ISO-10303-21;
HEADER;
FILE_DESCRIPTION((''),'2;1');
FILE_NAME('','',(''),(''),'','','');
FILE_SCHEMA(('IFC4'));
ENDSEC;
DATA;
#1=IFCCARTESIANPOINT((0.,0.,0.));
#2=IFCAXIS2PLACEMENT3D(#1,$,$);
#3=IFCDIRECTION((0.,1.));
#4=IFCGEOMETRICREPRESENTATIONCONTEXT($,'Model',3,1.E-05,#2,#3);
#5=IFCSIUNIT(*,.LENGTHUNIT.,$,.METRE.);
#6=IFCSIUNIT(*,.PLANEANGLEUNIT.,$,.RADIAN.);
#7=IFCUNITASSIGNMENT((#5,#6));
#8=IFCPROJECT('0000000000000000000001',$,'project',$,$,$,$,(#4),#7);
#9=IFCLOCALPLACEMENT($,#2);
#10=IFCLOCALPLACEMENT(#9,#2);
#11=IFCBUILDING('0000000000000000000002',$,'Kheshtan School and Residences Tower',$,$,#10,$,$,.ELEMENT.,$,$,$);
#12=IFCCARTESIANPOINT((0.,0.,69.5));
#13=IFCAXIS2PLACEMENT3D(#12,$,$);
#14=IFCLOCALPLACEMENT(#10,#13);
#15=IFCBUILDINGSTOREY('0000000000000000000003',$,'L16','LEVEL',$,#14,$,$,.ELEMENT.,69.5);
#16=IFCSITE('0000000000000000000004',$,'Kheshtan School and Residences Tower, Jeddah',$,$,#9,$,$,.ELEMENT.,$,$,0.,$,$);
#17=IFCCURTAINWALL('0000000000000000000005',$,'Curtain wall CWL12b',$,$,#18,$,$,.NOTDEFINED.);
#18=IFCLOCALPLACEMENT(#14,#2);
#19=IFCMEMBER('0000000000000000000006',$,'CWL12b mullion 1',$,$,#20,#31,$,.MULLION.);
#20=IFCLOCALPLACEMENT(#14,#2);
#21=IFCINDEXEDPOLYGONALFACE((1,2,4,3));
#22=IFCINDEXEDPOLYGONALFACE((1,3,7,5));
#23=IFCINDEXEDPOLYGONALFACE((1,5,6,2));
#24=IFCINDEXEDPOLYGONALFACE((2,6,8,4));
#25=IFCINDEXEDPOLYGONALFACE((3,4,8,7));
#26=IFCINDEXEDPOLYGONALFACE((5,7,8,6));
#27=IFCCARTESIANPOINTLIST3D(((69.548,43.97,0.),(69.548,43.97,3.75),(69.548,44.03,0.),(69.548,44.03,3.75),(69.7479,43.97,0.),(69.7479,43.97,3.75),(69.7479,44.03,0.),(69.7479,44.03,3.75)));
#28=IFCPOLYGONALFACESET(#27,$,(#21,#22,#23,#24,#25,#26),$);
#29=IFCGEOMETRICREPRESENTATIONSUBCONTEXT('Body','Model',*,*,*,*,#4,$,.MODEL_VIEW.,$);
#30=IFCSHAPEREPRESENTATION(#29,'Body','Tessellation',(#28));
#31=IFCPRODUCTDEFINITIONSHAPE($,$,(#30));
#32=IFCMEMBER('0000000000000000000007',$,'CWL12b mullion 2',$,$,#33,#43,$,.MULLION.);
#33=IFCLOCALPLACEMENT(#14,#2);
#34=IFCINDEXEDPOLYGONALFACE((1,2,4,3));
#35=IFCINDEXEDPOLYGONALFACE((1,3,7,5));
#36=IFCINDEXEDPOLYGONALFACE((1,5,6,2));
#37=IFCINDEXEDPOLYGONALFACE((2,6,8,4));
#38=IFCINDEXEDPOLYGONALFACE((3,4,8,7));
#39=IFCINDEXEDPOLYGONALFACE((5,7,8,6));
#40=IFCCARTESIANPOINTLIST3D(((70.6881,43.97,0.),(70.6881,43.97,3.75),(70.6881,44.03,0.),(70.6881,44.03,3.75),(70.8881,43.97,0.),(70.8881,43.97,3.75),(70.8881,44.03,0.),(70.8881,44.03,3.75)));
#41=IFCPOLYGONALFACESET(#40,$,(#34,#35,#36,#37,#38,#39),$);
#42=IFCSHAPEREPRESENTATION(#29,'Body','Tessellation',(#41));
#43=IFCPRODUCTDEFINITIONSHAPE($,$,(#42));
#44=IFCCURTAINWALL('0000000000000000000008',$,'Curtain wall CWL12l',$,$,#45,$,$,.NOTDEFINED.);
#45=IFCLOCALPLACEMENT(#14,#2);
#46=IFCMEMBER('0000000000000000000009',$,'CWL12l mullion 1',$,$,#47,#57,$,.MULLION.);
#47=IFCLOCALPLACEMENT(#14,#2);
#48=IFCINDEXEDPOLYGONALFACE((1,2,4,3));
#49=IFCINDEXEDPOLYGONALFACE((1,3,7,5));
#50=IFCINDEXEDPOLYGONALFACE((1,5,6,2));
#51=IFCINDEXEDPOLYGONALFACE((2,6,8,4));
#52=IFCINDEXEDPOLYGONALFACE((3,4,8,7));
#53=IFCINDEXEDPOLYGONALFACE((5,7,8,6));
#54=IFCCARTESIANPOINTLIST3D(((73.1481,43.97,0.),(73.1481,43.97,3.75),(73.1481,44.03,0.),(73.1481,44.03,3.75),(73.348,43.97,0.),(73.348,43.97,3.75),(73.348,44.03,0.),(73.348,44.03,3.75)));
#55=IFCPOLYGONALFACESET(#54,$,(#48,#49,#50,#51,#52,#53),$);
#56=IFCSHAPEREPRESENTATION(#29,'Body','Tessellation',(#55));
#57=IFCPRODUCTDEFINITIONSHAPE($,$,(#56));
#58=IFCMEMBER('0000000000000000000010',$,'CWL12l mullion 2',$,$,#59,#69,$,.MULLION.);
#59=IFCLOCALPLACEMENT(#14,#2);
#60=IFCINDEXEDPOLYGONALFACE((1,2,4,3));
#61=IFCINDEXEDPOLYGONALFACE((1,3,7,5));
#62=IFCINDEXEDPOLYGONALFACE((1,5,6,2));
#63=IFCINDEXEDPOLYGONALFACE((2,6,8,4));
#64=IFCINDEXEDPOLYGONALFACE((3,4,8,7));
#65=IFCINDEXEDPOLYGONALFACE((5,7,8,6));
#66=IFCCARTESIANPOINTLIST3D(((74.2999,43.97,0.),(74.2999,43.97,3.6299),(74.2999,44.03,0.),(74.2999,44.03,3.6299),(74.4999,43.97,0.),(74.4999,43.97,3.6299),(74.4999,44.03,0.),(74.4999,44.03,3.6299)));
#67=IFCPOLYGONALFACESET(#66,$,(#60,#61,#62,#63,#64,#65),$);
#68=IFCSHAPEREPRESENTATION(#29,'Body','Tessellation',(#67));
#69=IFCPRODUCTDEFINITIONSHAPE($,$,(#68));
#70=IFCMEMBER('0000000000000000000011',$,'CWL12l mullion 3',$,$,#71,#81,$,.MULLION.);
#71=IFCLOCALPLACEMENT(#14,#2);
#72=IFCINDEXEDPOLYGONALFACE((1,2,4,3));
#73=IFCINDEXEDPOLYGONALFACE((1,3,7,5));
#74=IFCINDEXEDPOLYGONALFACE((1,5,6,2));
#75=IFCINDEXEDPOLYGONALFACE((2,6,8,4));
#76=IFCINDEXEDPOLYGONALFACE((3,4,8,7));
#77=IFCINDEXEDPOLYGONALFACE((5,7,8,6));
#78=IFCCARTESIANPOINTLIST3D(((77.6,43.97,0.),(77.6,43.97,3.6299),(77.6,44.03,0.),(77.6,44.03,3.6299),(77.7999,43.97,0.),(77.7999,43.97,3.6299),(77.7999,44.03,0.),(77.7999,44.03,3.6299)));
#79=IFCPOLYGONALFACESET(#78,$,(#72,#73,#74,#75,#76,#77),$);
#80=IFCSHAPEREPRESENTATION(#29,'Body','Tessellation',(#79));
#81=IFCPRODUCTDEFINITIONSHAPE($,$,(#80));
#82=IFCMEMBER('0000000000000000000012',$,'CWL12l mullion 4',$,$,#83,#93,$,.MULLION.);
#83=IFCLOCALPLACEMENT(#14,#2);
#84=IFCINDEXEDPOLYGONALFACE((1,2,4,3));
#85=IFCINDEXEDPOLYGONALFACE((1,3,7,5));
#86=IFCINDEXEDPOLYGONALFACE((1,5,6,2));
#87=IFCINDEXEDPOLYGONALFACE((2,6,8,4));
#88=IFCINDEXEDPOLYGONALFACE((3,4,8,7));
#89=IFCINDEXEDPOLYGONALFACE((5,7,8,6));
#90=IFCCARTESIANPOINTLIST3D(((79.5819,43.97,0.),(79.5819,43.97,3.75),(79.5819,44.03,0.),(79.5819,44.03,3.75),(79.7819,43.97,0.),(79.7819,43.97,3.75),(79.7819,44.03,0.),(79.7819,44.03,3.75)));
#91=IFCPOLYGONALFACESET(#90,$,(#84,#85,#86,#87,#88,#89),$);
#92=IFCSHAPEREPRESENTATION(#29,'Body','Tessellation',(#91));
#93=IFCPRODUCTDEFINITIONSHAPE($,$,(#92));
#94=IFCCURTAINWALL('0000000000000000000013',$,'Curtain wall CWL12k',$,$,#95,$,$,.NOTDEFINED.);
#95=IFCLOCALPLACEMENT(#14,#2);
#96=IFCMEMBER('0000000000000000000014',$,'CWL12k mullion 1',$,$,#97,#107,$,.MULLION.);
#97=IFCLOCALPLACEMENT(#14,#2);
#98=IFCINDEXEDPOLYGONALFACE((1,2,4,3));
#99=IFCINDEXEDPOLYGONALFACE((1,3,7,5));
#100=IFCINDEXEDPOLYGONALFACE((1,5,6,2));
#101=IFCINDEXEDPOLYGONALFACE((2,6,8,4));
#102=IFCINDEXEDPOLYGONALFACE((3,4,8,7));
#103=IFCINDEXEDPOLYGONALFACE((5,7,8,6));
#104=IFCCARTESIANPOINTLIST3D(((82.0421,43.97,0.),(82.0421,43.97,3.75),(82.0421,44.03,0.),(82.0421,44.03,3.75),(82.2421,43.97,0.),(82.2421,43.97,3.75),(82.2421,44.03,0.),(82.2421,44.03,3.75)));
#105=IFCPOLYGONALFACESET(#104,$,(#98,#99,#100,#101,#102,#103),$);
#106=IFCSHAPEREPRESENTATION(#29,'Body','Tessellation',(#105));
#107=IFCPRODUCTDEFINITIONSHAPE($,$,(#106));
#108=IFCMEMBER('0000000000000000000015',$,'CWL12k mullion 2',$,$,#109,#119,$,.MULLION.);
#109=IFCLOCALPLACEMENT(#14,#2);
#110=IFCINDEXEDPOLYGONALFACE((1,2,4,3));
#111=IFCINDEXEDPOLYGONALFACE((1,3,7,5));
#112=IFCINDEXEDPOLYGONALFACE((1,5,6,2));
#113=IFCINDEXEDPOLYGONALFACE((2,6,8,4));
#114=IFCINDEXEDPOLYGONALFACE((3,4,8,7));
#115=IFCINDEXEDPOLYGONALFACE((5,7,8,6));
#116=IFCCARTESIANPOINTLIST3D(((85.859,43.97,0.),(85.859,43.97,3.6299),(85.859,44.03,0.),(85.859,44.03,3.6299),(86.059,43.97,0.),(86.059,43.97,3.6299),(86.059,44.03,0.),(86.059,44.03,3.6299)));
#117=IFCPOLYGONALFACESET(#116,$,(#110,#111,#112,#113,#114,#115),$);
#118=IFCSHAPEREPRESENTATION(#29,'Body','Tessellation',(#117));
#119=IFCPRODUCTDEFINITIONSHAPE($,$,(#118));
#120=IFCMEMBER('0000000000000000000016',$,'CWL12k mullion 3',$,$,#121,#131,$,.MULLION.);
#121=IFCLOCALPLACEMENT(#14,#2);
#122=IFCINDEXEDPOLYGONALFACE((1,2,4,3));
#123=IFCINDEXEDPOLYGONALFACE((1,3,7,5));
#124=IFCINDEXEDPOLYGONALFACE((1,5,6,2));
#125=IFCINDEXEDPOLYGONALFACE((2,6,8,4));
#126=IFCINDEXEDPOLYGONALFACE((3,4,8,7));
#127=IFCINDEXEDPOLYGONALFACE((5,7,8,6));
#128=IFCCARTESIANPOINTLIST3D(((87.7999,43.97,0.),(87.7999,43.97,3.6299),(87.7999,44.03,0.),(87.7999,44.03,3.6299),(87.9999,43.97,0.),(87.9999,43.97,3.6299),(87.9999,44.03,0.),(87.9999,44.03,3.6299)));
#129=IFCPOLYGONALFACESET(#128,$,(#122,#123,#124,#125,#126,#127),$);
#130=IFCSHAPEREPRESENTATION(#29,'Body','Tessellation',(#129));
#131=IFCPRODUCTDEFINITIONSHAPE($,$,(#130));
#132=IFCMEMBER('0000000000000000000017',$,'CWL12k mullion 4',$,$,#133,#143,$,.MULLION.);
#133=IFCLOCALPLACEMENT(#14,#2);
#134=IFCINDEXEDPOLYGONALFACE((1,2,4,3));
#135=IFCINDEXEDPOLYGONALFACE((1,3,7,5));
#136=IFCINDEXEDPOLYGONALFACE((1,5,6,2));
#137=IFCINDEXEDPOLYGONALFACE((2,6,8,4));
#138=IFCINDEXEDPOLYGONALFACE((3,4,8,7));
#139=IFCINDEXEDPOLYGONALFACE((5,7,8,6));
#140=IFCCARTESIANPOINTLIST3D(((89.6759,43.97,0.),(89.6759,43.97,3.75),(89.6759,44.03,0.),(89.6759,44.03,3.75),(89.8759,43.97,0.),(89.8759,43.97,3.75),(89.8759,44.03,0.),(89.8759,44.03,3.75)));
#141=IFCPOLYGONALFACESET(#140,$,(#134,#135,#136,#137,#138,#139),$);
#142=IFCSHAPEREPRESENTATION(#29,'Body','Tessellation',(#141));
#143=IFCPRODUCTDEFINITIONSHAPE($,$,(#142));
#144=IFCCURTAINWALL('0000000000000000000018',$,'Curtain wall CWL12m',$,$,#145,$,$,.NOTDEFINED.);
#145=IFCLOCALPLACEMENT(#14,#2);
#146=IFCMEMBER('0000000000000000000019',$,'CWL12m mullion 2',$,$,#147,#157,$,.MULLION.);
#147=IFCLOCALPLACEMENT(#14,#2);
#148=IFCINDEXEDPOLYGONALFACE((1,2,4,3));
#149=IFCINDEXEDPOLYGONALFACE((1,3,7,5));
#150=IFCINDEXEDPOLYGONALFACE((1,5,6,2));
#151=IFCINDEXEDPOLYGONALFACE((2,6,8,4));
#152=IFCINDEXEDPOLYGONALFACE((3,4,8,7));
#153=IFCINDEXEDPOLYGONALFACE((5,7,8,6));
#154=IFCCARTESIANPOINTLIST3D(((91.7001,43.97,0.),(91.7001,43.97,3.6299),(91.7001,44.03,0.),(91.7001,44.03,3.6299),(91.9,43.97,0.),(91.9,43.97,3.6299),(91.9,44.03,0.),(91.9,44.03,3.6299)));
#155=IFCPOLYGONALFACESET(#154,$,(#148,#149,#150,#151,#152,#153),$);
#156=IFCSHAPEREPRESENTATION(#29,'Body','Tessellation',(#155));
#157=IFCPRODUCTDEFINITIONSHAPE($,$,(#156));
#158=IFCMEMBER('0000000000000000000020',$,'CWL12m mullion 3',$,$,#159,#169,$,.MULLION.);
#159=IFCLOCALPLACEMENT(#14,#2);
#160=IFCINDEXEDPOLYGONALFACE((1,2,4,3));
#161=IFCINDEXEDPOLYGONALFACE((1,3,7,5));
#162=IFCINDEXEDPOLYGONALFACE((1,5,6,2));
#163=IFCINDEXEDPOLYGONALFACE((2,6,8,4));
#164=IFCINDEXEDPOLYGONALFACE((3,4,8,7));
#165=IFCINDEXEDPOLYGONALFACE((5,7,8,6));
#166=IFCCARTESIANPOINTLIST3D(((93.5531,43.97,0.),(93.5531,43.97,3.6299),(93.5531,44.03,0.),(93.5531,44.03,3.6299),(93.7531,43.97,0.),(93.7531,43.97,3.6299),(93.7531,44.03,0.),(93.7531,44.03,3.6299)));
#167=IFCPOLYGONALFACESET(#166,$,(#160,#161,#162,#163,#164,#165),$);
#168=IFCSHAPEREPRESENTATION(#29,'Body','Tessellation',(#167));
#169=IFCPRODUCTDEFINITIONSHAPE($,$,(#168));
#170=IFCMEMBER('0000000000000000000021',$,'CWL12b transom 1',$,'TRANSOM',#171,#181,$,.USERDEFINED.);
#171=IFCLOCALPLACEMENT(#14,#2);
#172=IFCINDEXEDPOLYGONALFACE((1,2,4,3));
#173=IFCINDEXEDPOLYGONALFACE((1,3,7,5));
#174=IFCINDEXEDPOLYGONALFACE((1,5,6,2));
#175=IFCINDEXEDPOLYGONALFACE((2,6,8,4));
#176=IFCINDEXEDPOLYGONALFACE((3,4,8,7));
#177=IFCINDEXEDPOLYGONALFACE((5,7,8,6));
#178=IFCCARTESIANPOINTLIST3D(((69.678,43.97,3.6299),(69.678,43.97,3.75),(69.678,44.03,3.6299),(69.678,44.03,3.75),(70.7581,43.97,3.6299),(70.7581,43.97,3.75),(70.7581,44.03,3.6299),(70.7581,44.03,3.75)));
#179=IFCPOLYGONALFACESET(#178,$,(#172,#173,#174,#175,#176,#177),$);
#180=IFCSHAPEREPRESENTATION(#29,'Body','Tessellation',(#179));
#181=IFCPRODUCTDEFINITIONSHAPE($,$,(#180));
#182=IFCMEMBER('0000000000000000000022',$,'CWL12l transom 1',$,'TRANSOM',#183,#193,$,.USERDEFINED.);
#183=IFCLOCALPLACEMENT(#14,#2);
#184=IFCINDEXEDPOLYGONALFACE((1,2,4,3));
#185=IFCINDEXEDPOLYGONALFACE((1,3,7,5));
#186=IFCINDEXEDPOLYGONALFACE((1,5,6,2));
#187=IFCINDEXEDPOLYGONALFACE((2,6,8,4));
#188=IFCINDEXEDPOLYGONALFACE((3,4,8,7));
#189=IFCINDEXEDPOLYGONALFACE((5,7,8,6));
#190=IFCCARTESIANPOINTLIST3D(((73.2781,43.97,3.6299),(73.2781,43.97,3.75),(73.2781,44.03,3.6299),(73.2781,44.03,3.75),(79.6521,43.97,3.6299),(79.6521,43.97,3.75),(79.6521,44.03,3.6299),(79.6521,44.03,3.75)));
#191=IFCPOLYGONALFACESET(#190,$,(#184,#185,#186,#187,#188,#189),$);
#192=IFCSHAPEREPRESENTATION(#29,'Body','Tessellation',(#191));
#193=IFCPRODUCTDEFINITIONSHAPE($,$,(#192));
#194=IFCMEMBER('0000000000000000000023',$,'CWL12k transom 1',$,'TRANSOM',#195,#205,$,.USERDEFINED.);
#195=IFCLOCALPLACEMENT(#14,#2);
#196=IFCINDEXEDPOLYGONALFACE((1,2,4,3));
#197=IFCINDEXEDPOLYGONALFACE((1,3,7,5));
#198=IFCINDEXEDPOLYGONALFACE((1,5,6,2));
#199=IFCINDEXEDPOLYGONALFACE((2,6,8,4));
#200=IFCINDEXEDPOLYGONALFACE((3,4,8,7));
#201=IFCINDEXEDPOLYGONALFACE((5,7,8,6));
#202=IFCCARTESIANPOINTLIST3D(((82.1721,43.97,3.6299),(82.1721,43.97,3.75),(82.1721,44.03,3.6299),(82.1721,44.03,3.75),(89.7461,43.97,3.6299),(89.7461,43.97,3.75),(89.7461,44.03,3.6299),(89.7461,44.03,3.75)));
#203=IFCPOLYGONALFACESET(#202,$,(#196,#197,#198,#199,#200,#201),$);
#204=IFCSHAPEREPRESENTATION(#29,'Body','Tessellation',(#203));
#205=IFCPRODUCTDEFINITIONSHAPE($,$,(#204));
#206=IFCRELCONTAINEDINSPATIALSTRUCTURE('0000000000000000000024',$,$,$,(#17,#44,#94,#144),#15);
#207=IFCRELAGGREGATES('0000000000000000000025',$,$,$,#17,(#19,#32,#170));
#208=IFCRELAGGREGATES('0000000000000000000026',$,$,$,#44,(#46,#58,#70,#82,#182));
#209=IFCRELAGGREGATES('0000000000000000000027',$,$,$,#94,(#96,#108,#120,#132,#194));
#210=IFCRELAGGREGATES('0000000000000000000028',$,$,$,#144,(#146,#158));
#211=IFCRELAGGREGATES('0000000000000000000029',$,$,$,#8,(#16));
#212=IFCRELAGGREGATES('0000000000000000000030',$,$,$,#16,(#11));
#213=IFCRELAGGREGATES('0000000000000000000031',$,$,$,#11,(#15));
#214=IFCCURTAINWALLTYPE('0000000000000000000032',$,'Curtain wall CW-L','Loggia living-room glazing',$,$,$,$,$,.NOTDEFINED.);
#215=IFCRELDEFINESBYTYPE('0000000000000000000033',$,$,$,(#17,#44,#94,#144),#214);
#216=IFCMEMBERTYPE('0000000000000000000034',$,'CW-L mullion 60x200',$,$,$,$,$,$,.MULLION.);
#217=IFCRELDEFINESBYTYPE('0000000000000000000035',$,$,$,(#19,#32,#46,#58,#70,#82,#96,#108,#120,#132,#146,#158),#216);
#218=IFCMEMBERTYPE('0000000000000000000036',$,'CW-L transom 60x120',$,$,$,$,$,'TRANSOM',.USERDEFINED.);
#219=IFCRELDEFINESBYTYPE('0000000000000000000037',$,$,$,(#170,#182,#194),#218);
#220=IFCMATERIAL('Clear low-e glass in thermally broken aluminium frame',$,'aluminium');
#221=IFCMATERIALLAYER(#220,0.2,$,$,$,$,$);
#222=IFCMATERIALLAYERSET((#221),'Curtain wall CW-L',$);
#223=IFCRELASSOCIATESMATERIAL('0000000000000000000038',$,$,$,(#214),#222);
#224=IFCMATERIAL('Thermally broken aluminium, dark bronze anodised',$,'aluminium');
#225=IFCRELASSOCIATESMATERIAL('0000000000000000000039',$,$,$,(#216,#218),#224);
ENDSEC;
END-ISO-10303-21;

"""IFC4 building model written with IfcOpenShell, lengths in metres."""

from ifc_helpers import new_model, si_unit, direction, frame, origin, origin_2d, place, context, subcontext, project, spatial, rectangle, extrude, material, layer, layer_set, material_profile, profile_set, type_object, element, aggregate, save


model = new_model("IFC4")

# Units and contexts
model_context = context("Model", 3, precision=1e-05, world=origin(), true_north=direction((0.0, 1.0)))
body_context = subcontext(model_context, "Body", "Model", "MODEL_VIEW")
ifc_project = project(units=[si_unit("LENGTHUNIT", "METRE"), si_unit("PLANEANGLEUNIT", "RADIAN")], contexts=[model_context])

# Site, building, storey
site_placement = place(None, origin())
site = spatial("IfcSite", under=ifc_project, at=site_placement, Name="Kheshtan School and Residences Tower, Jeddah", CompositionType="ELEMENT", RefElevation=0.0)
building_placement = place(site_placement, origin())
building = spatial("IfcBuilding", under=site, at=building_placement, Name="Kheshtan School and Residences Tower", CompositionType="ELEMENT")
storey_placement = place(building_placement, frame((0.0, 0.0, 69.5)))
storey = spatial("IfcBuildingStorey", under=building, at=storey_placement, Name="L16", Description="LEVEL", CompositionType="ELEMENT", Elevation=69.5)

# Curtain walls, members
ifc_material_1 = material(Name="Clear low-e glass in thermally broken aluminium frame", Category="aluminium")
ifc_layer_1 = layer(ifc_material_1, 0.2)
ifc_layer_set_1 = layer_set([ifc_layer_1], Name="Curtain wall CW-L")
curtain_wall_type = type_object("IfcCurtainWallType", Name="Curtain wall CW-L", Description="Loggia living-room glazing", PredefinedType="NOTDEFINED", material=ifc_layer_set_1)
curtain_wall_1_placement = place(storey_placement, origin())
curtain_wall_1 = element("IfcCurtainWall", 1, at=curtain_wall_1_placement, inside=storey, type_object=curtain_wall_type, Name="Curtain wall CWL12b", PredefinedType="NOTDEFINED")
ifc_material_2 = material(Name="Thermally broken aluminium, dark bronze anodised", Category="aluminium")
ifc_material_profile_1 = material_profile(ifc_material_2, rectangle(XDim=0.0601, YDim=0.2, at=origin_2d()), Name="CW-L mullion 60x200")
ifc_profile_set_1 = profile_set([ifc_material_profile_1], Name="Thermally broken aluminium, dark bronze anodised")
member_type_1 = type_object("IfcMemberType", Name="CW-L mullion 60x200", PredefinedType="MULLION", material=ifc_profile_set_1)
member_1_placement = place(storey_placement, frame((69.6479, 44.0, 0.0), z_axis=(0.0, 0.0, 1.0), x_axis=(0.0, 1.0, 0.0)))
member_1 = element("IfcMember", 2, at=member_1_placement, type_object=member_type_1, Name="CWL12b mullion 1", PredefinedType="MULLION", context=body_context, shape_type="SweptSolid", body=[
    extrude(rectangle(XDim=0.0601, YDim=0.2, at=origin_2d()), origin(), (0.0, 0.0, 1.0), 3.75),
])
member_2_placement = place(storey_placement, frame((70.7881, 44.0, 0.0), z_axis=(0.0, 0.0, 1.0), x_axis=(0.0, 1.0, 0.0)))
member_2 = element("IfcMember", 3, at=member_2_placement, type_object=member_type_1, Name="CWL12b mullion 2", PredefinedType="MULLION", context=body_context, shape_type="SweptSolid", body=[
    extrude(rectangle(XDim=0.0601, YDim=0.2, at=origin_2d()), origin(), (0.0, 0.0, 1.0), 3.75),
])
curtain_wall_2_placement = place(storey_placement, origin())
curtain_wall_2 = element("IfcCurtainWall", 4, at=curtain_wall_2_placement, inside=storey, type_object=curtain_wall_type, Name="Curtain wall CWL12l", PredefinedType="NOTDEFINED")
member_3_placement = place(storey_placement, frame((73.248, 44.0, 0.0), z_axis=(0.0, 0.0, 1.0), x_axis=(0.0, 1.0, 0.0)))
member_3 = element("IfcMember", 5, at=member_3_placement, type_object=member_type_1, Name="CWL12l mullion 1", PredefinedType="MULLION", context=body_context, shape_type="SweptSolid", body=[
    extrude(rectangle(XDim=0.0601, YDim=0.2, at=origin_2d()), origin(), (0.0, 0.0, 1.0), 3.75),
])
member_4_placement = place(storey_placement, frame((74.3999, 44.0, 0.0), z_axis=(0.0, 0.0, 1.0), x_axis=(0.0, 1.0, 0.0)))
member_4 = element("IfcMember", 6, at=member_4_placement, type_object=member_type_1, Name="CWL12l mullion 2", PredefinedType="MULLION", context=body_context, shape_type="SweptSolid", body=[
    extrude(rectangle(XDim=0.0601, YDim=0.2, at=origin_2d()), origin(), (0.0, 0.0, 1.0), 3.6299),
])
member_5_placement = place(storey_placement, frame((77.7, 44.0, 0.0), z_axis=(0.0, 0.0, 1.0), x_axis=(0.0, 1.0, 0.0)))
member_5 = element("IfcMember", 7, at=member_5_placement, type_object=member_type_1, Name="CWL12l mullion 3", PredefinedType="MULLION", context=body_context, shape_type="SweptSolid", body=[
    extrude(rectangle(XDim=0.0601, YDim=0.2, at=origin_2d()), origin(), (0.0, 0.0, 1.0), 3.6299),
])
member_6_placement = place(storey_placement, frame((79.6819, 44.0, 0.0), z_axis=(0.0, 0.0, 1.0), x_axis=(0.0, 1.0, 0.0)))
member_6 = element("IfcMember", 8, at=member_6_placement, type_object=member_type_1, Name="CWL12l mullion 4", PredefinedType="MULLION", context=body_context, shape_type="SweptSolid", body=[
    extrude(rectangle(XDim=0.0601, YDim=0.2, at=origin_2d()), origin(), (0.0, 0.0, 1.0), 3.75),
])
curtain_wall_3_placement = place(storey_placement, origin())
curtain_wall_3 = element("IfcCurtainWall", 9, at=curtain_wall_3_placement, inside=storey, type_object=curtain_wall_type, Name="Curtain wall CWL12k", PredefinedType="NOTDEFINED")
member_7_placement = place(storey_placement, frame((82.1421, 44.0, 0.0), z_axis=(0.0, 0.0, 1.0), x_axis=(0.0, 1.0, 0.0)))
member_7 = element("IfcMember", 10, at=member_7_placement, type_object=member_type_1, Name="CWL12k mullion 1", PredefinedType="MULLION", context=body_context, shape_type="SweptSolid", body=[
    extrude(rectangle(XDim=0.0601, YDim=0.2, at=origin_2d()), origin(), (0.0, 0.0, 1.0), 3.75),
])
member_8_placement = place(storey_placement, frame((85.959, 44.0, 0.0), z_axis=(0.0, 0.0, 1.0), x_axis=(0.0, 1.0, 0.0)))
member_8 = element("IfcMember", 11, at=member_8_placement, type_object=member_type_1, Name="CWL12k mullion 2", PredefinedType="MULLION", context=body_context, shape_type="SweptSolid", body=[
    extrude(rectangle(XDim=0.0601, YDim=0.2, at=origin_2d()), origin(), (0.0, 0.0, 1.0), 3.6299),
])
member_9_placement = place(storey_placement, frame((87.8999, 44.0, 0.0), z_axis=(0.0, 0.0, 1.0), x_axis=(0.0, 1.0, 0.0)))
member_9 = element("IfcMember", 12, at=member_9_placement, type_object=member_type_1, Name="CWL12k mullion 3", PredefinedType="MULLION", context=body_context, shape_type="SweptSolid", body=[
    extrude(rectangle(XDim=0.0601, YDim=0.2, at=origin_2d()), origin(), (0.0, 0.0, 1.0), 3.6299),
])
member_10_placement = place(storey_placement, frame((89.7759, 44.0, 0.0), z_axis=(0.0, 0.0, 1.0), x_axis=(0.0, 1.0, 0.0)))
member_10 = element("IfcMember", 13, at=member_10_placement, type_object=member_type_1, Name="CWL12k mullion 4", PredefinedType="MULLION", context=body_context, shape_type="SweptSolid", body=[
    extrude(rectangle(XDim=0.0601, YDim=0.2, at=origin_2d()), origin(), (0.0, 0.0, 1.0), 3.75),
])
curtain_wall_4_placement = place(storey_placement, origin())
curtain_wall_4 = element("IfcCurtainWall", 14, at=curtain_wall_4_placement, inside=storey, type_object=curtain_wall_type, Name="Curtain wall CWL12m", PredefinedType="NOTDEFINED")
member_11_placement = place(storey_placement, frame((91.8, 44.0, 0.0), z_axis=(0.0, 0.0, 1.0), x_axis=(0.0, 1.0, 0.0)))
member_11 = element("IfcMember", 15, at=member_11_placement, type_object=member_type_1, Name="CWL12m mullion 2", PredefinedType="MULLION", context=body_context, shape_type="SweptSolid", body=[
    extrude(rectangle(XDim=0.0601, YDim=0.2, at=origin_2d()), origin(), (0.0, 0.0, 1.0), 3.6299),
])
member_12_placement = place(storey_placement, frame((93.6531, 44.0, 0.0), z_axis=(0.0, 0.0, 1.0), x_axis=(0.0, 1.0, 0.0)))
member_12 = element("IfcMember", 16, at=member_12_placement, type_object=member_type_1, Name="CWL12m mullion 3", PredefinedType="MULLION", context=body_context, shape_type="SweptSolid", body=[
    extrude(rectangle(XDim=0.0601, YDim=0.2, at=origin_2d()), origin(), (0.0, 0.0, 1.0), 3.6299),
])

# Members
ifc_material_profile_2 = material_profile(ifc_material_2, rectangle(XDim=0.0601, YDim=0.1201, at=origin_2d()), Name="CW-L transom 60x120")
ifc_profile_set_2 = profile_set([ifc_material_profile_2], Name="Thermally broken aluminium, dark bronze anodised")
member_type_2 = type_object("IfcMemberType", Name="CW-L transom 60x120", ElementType="TRANSOM", PredefinedType="USERDEFINED", material=ifc_profile_set_2)
member_13_placement = place(storey_placement, frame((69.678, 44.0, 3.6899), z_axis=(1.0, 0.0, 0.0), x_axis=(0.0, 1.0, 0.0)))
member_13 = element("IfcMember", 17, at=member_13_placement, type_object=member_type_2, Name="CWL12b transom 1", ObjectType="TRANSOM", PredefinedType="USERDEFINED", context=body_context, shape_type="SweptSolid", body=[
    extrude(rectangle(XDim=0.0601, YDim=0.1201, at=origin_2d()), origin(), (0.0, 0.0, 1.0), 1.0801),
])
member_14_placement = place(storey_placement, frame((73.2781, 44.0, 3.6899), z_axis=(1.0, 0.0, 0.0), x_axis=(0.0, 1.0, 0.0)))
member_14 = element("IfcMember", 18, at=member_14_placement, type_object=member_type_2, Name="CWL12l transom 1", ObjectType="TRANSOM", PredefinedType="USERDEFINED", context=body_context, shape_type="SweptSolid", body=[
    extrude(rectangle(XDim=0.0601, YDim=0.1201, at=origin_2d()), origin(), (0.0, 0.0, 1.0), 6.374),
])
member_15_placement = place(storey_placement, frame((82.1721, 44.0, 3.6899), z_axis=(1.0, 0.0, 0.0), x_axis=(0.0, 1.0, 0.0)))
member_15 = element("IfcMember", 19, at=member_15_placement, type_object=member_type_2, Name="CWL12k transom 1", ObjectType="TRANSOM", PredefinedType="USERDEFINED", context=body_context, shape_type="SweptSolid", body=[
    extrude(rectangle(XDim=0.0601, YDim=0.1201, at=origin_2d()), origin(), (0.0, 0.0, 1.0), 7.574),
])

aggregate(curtain_wall_1, [member_1, member_2, member_13])
aggregate(curtain_wall_2, [member_3, member_4, member_5, member_6, member_14])
aggregate(curtain_wall_3, [member_7, member_8, member_9, member_10, member_15])
aggregate(curtain_wall_4, [member_11, member_12])

save(model, "model.ifc")
